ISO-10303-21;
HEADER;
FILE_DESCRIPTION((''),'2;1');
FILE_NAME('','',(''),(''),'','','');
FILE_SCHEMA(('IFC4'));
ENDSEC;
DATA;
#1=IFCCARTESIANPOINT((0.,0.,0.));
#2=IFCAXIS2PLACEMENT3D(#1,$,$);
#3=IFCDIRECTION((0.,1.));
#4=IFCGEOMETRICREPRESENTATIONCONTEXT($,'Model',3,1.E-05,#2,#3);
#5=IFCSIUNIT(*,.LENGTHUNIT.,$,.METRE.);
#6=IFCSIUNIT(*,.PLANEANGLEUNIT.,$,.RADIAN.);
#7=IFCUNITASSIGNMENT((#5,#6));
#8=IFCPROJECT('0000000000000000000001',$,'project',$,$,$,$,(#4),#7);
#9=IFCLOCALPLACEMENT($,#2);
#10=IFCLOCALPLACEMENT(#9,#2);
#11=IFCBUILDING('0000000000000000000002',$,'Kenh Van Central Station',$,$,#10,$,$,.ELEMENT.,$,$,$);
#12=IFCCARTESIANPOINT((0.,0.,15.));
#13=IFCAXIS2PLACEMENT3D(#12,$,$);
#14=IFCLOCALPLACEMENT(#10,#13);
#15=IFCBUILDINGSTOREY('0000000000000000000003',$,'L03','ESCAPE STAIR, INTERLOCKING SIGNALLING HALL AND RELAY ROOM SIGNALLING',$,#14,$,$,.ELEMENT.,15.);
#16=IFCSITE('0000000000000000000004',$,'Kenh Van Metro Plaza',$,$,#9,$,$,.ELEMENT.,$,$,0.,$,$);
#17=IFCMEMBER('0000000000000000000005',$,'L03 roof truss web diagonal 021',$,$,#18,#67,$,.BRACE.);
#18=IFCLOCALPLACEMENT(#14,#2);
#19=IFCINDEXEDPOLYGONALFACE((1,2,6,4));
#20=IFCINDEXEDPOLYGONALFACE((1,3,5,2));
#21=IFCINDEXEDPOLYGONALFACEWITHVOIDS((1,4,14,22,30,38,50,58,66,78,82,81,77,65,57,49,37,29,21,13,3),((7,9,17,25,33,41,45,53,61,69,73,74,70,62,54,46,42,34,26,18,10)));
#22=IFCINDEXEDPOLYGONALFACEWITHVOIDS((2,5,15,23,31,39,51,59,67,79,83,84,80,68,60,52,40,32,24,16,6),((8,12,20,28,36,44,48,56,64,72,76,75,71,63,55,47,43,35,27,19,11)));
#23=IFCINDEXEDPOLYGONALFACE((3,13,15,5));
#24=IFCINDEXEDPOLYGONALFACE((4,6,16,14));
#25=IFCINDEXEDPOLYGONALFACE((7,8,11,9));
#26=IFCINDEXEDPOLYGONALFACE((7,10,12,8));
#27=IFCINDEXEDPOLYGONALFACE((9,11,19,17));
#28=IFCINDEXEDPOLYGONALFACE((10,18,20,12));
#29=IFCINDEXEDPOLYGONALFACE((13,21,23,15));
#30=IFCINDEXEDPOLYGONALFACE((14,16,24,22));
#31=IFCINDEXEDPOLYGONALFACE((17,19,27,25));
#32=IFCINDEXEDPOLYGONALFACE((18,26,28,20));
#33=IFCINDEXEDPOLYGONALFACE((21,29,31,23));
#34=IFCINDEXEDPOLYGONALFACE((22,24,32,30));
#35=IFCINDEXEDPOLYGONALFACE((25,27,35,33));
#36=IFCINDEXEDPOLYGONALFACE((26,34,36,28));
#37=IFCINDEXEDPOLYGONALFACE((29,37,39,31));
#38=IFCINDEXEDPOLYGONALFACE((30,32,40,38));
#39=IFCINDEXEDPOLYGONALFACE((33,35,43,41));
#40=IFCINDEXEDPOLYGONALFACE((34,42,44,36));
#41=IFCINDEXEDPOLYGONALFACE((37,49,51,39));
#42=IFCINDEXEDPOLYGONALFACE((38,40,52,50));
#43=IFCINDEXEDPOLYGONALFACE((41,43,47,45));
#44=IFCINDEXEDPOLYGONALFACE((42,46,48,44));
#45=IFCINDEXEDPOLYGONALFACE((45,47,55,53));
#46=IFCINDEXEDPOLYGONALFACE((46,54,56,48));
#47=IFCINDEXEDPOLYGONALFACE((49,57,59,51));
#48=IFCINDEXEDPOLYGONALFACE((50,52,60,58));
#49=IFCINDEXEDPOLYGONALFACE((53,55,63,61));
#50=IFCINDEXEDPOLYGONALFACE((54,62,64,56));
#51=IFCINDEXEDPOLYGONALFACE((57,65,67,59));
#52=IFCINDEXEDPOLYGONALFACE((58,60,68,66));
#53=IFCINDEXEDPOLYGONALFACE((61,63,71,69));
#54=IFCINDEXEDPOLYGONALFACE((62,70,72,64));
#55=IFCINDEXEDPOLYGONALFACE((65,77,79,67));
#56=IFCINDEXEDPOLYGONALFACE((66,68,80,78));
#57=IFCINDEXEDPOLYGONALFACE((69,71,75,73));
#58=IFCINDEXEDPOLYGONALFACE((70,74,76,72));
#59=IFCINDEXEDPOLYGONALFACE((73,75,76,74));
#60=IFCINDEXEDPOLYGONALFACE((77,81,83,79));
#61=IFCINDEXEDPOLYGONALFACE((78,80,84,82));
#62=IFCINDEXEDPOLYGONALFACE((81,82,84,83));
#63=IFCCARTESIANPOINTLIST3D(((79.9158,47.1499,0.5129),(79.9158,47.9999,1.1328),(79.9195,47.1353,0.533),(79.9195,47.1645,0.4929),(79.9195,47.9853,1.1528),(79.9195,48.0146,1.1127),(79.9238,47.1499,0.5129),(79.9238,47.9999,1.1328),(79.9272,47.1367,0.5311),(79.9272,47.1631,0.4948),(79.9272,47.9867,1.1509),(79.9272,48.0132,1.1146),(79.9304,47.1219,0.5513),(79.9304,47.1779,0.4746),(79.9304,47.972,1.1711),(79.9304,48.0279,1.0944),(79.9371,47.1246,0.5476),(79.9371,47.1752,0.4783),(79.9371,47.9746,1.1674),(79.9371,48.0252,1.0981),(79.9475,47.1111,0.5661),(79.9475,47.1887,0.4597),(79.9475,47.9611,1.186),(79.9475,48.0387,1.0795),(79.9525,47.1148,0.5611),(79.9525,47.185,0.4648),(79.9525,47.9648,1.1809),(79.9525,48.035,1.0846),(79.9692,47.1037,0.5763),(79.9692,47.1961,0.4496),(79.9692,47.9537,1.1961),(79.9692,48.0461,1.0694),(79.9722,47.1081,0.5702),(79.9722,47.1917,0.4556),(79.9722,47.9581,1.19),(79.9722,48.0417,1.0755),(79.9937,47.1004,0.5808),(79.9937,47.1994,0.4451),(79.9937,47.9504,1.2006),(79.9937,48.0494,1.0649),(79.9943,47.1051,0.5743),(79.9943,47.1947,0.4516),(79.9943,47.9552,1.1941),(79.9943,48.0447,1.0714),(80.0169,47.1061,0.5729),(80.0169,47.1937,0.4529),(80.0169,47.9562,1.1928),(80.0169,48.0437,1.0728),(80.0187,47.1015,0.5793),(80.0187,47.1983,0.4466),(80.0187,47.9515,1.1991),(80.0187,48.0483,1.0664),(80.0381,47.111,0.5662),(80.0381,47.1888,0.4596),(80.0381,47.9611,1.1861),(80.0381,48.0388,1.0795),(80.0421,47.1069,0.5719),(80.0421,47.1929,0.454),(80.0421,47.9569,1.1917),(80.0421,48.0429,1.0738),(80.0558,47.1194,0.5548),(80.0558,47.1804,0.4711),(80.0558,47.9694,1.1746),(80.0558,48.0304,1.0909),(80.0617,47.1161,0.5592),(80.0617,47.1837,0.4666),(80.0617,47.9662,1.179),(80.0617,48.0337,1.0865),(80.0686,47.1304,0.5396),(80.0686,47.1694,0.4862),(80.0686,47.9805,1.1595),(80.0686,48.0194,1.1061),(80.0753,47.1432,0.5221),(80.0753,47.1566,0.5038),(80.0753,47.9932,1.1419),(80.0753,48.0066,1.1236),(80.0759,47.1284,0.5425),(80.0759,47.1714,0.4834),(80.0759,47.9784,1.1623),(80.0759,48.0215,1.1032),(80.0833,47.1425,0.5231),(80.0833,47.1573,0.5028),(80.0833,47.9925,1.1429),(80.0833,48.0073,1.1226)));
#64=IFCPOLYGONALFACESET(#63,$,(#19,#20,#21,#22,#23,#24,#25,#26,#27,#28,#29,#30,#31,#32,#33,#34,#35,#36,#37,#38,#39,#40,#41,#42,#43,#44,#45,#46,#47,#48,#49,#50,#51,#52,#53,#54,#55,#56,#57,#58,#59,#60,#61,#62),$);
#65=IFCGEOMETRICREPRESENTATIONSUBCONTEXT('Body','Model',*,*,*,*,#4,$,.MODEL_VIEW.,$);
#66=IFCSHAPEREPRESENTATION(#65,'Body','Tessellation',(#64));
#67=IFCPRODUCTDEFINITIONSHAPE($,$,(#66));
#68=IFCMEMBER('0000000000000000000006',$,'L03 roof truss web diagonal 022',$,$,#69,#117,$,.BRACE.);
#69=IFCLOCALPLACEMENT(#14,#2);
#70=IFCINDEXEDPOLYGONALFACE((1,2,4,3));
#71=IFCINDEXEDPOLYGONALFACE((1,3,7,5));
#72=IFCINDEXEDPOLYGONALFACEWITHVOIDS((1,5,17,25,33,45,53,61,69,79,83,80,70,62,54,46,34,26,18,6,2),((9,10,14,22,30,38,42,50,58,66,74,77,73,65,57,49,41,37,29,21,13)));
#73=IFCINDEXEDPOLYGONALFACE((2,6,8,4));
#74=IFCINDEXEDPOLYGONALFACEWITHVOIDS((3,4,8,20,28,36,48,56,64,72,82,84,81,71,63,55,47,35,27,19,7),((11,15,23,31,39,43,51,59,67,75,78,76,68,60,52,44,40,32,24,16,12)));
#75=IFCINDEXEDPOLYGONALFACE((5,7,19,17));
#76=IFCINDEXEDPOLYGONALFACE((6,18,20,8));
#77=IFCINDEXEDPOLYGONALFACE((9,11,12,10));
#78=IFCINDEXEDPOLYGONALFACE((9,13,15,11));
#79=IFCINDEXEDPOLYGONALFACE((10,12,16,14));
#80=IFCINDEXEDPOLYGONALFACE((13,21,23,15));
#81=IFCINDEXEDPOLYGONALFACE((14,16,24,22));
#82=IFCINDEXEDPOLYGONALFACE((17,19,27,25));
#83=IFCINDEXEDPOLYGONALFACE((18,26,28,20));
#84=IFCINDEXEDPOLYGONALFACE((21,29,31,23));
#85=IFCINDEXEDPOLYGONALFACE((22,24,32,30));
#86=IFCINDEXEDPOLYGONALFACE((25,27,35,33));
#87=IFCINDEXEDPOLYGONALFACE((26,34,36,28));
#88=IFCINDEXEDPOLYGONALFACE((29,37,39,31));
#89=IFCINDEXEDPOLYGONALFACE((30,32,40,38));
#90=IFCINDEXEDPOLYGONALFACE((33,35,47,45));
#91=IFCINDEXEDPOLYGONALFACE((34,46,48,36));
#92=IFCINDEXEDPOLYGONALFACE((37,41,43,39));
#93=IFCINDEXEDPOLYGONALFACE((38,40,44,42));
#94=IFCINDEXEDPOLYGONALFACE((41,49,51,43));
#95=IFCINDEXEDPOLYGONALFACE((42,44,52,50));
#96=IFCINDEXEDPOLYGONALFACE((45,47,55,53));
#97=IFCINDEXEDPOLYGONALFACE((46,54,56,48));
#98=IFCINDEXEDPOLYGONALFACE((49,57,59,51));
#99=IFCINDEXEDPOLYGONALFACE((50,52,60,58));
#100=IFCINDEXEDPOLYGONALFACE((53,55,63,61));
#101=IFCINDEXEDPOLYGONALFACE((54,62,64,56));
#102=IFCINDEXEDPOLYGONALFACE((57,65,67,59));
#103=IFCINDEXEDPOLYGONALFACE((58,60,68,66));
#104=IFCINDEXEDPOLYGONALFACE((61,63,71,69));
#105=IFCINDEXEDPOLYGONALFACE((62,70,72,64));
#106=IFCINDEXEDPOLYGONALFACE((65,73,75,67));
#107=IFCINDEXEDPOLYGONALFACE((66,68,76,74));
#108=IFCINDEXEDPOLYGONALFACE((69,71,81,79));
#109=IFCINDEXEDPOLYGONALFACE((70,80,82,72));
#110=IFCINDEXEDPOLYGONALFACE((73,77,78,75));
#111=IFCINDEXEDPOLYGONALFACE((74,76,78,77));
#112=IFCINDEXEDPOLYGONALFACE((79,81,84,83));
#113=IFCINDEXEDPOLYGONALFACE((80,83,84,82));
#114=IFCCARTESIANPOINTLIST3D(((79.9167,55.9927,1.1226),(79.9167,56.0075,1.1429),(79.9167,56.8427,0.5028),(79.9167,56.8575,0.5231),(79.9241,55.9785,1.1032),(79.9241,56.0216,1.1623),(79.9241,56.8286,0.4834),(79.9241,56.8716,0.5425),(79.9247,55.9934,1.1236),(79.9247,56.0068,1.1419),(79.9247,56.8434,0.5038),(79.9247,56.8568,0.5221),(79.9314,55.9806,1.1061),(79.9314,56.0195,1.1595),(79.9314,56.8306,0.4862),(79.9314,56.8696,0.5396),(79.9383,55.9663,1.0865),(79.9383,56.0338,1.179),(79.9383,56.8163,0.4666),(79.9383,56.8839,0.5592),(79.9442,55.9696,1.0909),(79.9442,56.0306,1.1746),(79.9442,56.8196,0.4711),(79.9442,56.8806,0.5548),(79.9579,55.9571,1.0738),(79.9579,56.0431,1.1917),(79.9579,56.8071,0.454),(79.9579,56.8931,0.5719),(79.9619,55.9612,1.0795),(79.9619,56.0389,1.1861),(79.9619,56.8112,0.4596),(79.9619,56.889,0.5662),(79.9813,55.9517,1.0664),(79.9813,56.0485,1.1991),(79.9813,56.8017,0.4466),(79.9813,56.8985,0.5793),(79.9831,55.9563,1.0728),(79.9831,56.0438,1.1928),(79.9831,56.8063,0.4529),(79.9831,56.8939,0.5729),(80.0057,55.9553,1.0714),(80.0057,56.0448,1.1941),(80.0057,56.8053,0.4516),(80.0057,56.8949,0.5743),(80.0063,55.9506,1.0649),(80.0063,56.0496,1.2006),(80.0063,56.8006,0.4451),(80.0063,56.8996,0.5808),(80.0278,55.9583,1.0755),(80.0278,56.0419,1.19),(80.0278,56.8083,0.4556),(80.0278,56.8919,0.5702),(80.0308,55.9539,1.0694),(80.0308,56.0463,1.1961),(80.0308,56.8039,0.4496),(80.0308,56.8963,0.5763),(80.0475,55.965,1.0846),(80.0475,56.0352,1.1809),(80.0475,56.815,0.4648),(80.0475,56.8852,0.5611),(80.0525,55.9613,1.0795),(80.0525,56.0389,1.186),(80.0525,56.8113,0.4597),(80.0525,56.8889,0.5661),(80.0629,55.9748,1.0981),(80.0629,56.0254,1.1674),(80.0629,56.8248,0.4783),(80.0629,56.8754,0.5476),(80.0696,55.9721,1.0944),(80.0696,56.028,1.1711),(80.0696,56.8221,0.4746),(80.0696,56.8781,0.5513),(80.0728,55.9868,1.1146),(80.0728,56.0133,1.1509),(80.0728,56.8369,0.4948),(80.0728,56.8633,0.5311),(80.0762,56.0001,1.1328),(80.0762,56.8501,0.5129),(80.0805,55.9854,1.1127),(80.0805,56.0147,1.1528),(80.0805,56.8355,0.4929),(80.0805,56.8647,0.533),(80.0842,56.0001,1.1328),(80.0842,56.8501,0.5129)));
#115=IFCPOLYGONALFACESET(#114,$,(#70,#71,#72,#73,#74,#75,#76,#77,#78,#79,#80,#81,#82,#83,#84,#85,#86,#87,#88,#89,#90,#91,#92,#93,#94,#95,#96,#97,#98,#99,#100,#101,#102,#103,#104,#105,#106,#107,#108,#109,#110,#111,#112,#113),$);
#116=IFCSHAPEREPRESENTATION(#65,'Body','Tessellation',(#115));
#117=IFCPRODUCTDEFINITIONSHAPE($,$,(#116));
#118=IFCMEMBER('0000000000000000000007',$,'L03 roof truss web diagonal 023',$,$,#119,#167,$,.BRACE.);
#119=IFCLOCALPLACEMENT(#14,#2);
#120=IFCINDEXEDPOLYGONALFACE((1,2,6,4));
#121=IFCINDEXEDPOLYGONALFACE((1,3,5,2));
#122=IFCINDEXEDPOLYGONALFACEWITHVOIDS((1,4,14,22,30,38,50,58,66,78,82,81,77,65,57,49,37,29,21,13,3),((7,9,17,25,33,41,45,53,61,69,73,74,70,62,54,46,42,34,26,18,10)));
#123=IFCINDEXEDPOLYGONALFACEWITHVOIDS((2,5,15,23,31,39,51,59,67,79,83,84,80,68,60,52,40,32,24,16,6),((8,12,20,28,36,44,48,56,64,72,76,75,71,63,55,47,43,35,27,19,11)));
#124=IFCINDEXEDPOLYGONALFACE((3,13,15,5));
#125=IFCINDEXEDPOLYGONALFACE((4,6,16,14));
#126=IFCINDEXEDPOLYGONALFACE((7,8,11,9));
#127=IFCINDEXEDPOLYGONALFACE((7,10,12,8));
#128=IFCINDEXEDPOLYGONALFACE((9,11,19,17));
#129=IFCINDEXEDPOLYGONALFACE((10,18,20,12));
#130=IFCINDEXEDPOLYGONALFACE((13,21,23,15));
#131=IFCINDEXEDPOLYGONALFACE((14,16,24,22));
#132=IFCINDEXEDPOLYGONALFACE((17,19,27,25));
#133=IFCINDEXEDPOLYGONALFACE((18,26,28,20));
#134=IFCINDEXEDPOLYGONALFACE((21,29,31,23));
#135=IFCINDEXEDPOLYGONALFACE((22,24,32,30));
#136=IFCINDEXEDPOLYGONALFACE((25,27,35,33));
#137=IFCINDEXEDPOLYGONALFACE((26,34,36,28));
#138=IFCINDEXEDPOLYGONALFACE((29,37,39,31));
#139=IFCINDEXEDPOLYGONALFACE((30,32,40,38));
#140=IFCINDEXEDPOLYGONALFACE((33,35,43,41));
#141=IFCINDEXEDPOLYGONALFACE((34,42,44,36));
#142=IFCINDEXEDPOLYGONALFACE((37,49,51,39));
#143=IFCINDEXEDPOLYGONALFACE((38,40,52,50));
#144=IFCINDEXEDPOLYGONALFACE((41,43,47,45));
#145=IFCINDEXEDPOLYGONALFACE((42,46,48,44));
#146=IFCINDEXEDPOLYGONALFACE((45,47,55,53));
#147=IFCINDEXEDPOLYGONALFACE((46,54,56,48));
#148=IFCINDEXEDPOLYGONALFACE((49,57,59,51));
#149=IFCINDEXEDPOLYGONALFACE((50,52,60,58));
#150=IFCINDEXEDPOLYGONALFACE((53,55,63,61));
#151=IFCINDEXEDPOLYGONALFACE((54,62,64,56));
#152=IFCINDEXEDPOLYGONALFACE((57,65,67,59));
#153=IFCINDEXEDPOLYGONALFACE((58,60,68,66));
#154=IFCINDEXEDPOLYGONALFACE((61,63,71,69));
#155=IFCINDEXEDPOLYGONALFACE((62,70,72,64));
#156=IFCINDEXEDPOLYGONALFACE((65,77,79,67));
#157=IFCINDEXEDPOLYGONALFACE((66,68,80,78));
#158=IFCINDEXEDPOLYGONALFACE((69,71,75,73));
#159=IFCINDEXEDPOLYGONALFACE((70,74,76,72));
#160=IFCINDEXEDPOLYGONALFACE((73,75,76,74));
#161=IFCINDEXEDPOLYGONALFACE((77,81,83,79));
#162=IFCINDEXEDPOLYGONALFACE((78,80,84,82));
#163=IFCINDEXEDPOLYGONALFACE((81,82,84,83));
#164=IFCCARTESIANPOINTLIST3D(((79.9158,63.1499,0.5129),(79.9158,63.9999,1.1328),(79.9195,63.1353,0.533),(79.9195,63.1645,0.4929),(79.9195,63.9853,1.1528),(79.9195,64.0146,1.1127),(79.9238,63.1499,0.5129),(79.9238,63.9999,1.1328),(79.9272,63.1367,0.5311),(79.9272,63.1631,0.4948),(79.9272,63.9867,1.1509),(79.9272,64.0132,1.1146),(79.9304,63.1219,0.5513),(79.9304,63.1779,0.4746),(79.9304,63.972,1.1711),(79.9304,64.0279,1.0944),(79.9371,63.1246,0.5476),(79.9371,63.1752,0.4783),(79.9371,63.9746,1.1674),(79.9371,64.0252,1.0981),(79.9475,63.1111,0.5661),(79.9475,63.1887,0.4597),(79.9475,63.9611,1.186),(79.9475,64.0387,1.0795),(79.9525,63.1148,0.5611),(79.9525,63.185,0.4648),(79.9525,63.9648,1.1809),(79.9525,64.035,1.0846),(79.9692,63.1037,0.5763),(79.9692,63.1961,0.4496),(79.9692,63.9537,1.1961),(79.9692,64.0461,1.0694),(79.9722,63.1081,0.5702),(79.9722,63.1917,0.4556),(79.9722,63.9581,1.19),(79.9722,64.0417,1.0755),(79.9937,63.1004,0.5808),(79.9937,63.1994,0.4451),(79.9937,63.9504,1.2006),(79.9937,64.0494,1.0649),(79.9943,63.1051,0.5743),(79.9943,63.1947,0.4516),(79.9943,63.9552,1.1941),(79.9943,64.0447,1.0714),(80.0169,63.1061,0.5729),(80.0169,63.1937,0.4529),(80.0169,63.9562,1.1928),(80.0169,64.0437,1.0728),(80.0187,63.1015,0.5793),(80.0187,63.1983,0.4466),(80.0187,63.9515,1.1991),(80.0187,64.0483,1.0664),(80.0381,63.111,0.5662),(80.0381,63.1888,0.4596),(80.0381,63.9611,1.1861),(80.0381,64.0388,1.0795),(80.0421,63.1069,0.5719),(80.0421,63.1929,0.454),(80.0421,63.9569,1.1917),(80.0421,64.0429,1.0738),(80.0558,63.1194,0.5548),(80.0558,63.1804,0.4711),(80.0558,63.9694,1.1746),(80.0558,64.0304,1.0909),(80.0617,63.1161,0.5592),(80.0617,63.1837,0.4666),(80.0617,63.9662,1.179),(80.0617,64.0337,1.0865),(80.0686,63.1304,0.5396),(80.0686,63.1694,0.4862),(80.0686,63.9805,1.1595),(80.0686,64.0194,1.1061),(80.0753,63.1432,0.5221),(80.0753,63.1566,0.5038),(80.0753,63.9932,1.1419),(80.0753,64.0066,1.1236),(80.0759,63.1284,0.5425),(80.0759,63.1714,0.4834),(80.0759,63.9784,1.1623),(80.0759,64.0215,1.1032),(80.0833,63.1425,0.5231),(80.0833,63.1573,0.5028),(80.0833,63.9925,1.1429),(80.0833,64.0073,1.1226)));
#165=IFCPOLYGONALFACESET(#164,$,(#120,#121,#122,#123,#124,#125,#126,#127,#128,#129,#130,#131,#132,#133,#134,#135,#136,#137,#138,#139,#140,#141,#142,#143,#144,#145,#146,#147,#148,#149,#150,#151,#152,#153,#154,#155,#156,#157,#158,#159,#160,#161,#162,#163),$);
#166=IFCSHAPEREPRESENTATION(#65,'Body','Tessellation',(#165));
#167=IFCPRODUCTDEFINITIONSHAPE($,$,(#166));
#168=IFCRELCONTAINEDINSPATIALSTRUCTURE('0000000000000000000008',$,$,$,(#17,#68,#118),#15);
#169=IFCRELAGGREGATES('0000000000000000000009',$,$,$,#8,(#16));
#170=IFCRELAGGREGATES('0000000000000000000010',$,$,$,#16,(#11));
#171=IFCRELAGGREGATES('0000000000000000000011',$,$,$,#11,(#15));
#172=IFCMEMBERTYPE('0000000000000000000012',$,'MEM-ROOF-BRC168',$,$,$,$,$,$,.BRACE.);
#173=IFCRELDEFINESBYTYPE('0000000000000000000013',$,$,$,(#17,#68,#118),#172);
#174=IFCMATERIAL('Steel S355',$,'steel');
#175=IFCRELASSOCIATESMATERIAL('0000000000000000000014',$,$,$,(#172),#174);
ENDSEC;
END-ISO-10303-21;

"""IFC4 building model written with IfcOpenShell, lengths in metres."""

from ifc_helpers import new_model, si_unit, direction, frame, origin, origin_2d, place, context, subcontext, project, spatial, hollow_circle, extrude, material, material_profile, profile_set, type_object, element, save


model = new_model("IFC4")

# Units and contexts
model_context = context("Model", 3, precision=1e-05, world=origin(), true_north=direction((0.0, 1.0)))
body_context = subcontext(model_context, "Body", "Model", "MODEL_VIEW")
ifc_project = project(units=[si_unit("LENGTHUNIT", "METRE"), si_unit("PLANEANGLEUNIT", "RADIAN")], contexts=[model_context])

# Site, building, storey
site_placement = place(None, origin())
site = spatial("IfcSite", under=ifc_project, at=site_placement, Name="Kenh Van Metro Plaza", CompositionType="ELEMENT", RefElevation=0.0)
building_placement = place(site_placement, origin())
building = spatial("IfcBuilding", under=site, at=building_placement, Name="Kenh Van Central Station", CompositionType="ELEMENT")
storey_placement = place(building_placement, frame((0.0, 0.0, 15.0)))
storey = spatial("IfcBuildingStorey", under=building, at=storey_placement, Name="L03", Description="ESCAPE STAIR, INTERLOCKING SIGNALLING HALL AND RELAY ROOM SIGNALLING", CompositionType="ELEMENT", Elevation=15.0)

# Shared definitions
ifc_material_1 = material(Name="Steel S355", Category="steel")

# Members
ifc_material_profile_1 = material_profile(ifc_material_1, hollow_circle(Radius=0.0842, WallThickness=0.0081, at=origin_2d()), Name="CHS 168.3x8")
ifc_profile_set_1 = profile_set([ifc_material_profile_1], Name="Steel S355")
member_type_1 = type_object("IfcMemberType", Name="MEM-ROOF-BRC168", PredefinedType="BRACE", material=ifc_profile_set_1)
for number, where, z_axis, x_axis, name in (
    (1, (80.0, 47.1499, 0.5129), (0.0, 0.808003, 0.589178), (-1.0, 0.0, 0.0), "L03 roof truss web diagonal 021"),
    (2, (80.0, 56.8501, 0.5129), (0.0, -0.808003, 0.589178), (1.0, 0.0, 0.0), "L03 roof truss web diagonal 022"),
    (3, (80.0, 63.1499, 0.5129), (0.0, 0.808003, 0.589178), (-1.0, 0.0, 0.0), "L03 roof truss web diagonal 023"),
):
    element("IfcMember", number, at=place(storey_placement, frame(where, z_axis=z_axis, x_axis=x_axis)), inside=storey, type_object=member_type_1, Name=name, PredefinedType="BRACE", context=body_context, shape_type="SweptSolid", body=[
        extrude(hollow_circle(Radius=0.0842, WallThickness=0.0081, at=origin_2d()), origin(), (0.0, 0.0, 1.0), 1.052),
    ])

save(model, "model.ifc")
